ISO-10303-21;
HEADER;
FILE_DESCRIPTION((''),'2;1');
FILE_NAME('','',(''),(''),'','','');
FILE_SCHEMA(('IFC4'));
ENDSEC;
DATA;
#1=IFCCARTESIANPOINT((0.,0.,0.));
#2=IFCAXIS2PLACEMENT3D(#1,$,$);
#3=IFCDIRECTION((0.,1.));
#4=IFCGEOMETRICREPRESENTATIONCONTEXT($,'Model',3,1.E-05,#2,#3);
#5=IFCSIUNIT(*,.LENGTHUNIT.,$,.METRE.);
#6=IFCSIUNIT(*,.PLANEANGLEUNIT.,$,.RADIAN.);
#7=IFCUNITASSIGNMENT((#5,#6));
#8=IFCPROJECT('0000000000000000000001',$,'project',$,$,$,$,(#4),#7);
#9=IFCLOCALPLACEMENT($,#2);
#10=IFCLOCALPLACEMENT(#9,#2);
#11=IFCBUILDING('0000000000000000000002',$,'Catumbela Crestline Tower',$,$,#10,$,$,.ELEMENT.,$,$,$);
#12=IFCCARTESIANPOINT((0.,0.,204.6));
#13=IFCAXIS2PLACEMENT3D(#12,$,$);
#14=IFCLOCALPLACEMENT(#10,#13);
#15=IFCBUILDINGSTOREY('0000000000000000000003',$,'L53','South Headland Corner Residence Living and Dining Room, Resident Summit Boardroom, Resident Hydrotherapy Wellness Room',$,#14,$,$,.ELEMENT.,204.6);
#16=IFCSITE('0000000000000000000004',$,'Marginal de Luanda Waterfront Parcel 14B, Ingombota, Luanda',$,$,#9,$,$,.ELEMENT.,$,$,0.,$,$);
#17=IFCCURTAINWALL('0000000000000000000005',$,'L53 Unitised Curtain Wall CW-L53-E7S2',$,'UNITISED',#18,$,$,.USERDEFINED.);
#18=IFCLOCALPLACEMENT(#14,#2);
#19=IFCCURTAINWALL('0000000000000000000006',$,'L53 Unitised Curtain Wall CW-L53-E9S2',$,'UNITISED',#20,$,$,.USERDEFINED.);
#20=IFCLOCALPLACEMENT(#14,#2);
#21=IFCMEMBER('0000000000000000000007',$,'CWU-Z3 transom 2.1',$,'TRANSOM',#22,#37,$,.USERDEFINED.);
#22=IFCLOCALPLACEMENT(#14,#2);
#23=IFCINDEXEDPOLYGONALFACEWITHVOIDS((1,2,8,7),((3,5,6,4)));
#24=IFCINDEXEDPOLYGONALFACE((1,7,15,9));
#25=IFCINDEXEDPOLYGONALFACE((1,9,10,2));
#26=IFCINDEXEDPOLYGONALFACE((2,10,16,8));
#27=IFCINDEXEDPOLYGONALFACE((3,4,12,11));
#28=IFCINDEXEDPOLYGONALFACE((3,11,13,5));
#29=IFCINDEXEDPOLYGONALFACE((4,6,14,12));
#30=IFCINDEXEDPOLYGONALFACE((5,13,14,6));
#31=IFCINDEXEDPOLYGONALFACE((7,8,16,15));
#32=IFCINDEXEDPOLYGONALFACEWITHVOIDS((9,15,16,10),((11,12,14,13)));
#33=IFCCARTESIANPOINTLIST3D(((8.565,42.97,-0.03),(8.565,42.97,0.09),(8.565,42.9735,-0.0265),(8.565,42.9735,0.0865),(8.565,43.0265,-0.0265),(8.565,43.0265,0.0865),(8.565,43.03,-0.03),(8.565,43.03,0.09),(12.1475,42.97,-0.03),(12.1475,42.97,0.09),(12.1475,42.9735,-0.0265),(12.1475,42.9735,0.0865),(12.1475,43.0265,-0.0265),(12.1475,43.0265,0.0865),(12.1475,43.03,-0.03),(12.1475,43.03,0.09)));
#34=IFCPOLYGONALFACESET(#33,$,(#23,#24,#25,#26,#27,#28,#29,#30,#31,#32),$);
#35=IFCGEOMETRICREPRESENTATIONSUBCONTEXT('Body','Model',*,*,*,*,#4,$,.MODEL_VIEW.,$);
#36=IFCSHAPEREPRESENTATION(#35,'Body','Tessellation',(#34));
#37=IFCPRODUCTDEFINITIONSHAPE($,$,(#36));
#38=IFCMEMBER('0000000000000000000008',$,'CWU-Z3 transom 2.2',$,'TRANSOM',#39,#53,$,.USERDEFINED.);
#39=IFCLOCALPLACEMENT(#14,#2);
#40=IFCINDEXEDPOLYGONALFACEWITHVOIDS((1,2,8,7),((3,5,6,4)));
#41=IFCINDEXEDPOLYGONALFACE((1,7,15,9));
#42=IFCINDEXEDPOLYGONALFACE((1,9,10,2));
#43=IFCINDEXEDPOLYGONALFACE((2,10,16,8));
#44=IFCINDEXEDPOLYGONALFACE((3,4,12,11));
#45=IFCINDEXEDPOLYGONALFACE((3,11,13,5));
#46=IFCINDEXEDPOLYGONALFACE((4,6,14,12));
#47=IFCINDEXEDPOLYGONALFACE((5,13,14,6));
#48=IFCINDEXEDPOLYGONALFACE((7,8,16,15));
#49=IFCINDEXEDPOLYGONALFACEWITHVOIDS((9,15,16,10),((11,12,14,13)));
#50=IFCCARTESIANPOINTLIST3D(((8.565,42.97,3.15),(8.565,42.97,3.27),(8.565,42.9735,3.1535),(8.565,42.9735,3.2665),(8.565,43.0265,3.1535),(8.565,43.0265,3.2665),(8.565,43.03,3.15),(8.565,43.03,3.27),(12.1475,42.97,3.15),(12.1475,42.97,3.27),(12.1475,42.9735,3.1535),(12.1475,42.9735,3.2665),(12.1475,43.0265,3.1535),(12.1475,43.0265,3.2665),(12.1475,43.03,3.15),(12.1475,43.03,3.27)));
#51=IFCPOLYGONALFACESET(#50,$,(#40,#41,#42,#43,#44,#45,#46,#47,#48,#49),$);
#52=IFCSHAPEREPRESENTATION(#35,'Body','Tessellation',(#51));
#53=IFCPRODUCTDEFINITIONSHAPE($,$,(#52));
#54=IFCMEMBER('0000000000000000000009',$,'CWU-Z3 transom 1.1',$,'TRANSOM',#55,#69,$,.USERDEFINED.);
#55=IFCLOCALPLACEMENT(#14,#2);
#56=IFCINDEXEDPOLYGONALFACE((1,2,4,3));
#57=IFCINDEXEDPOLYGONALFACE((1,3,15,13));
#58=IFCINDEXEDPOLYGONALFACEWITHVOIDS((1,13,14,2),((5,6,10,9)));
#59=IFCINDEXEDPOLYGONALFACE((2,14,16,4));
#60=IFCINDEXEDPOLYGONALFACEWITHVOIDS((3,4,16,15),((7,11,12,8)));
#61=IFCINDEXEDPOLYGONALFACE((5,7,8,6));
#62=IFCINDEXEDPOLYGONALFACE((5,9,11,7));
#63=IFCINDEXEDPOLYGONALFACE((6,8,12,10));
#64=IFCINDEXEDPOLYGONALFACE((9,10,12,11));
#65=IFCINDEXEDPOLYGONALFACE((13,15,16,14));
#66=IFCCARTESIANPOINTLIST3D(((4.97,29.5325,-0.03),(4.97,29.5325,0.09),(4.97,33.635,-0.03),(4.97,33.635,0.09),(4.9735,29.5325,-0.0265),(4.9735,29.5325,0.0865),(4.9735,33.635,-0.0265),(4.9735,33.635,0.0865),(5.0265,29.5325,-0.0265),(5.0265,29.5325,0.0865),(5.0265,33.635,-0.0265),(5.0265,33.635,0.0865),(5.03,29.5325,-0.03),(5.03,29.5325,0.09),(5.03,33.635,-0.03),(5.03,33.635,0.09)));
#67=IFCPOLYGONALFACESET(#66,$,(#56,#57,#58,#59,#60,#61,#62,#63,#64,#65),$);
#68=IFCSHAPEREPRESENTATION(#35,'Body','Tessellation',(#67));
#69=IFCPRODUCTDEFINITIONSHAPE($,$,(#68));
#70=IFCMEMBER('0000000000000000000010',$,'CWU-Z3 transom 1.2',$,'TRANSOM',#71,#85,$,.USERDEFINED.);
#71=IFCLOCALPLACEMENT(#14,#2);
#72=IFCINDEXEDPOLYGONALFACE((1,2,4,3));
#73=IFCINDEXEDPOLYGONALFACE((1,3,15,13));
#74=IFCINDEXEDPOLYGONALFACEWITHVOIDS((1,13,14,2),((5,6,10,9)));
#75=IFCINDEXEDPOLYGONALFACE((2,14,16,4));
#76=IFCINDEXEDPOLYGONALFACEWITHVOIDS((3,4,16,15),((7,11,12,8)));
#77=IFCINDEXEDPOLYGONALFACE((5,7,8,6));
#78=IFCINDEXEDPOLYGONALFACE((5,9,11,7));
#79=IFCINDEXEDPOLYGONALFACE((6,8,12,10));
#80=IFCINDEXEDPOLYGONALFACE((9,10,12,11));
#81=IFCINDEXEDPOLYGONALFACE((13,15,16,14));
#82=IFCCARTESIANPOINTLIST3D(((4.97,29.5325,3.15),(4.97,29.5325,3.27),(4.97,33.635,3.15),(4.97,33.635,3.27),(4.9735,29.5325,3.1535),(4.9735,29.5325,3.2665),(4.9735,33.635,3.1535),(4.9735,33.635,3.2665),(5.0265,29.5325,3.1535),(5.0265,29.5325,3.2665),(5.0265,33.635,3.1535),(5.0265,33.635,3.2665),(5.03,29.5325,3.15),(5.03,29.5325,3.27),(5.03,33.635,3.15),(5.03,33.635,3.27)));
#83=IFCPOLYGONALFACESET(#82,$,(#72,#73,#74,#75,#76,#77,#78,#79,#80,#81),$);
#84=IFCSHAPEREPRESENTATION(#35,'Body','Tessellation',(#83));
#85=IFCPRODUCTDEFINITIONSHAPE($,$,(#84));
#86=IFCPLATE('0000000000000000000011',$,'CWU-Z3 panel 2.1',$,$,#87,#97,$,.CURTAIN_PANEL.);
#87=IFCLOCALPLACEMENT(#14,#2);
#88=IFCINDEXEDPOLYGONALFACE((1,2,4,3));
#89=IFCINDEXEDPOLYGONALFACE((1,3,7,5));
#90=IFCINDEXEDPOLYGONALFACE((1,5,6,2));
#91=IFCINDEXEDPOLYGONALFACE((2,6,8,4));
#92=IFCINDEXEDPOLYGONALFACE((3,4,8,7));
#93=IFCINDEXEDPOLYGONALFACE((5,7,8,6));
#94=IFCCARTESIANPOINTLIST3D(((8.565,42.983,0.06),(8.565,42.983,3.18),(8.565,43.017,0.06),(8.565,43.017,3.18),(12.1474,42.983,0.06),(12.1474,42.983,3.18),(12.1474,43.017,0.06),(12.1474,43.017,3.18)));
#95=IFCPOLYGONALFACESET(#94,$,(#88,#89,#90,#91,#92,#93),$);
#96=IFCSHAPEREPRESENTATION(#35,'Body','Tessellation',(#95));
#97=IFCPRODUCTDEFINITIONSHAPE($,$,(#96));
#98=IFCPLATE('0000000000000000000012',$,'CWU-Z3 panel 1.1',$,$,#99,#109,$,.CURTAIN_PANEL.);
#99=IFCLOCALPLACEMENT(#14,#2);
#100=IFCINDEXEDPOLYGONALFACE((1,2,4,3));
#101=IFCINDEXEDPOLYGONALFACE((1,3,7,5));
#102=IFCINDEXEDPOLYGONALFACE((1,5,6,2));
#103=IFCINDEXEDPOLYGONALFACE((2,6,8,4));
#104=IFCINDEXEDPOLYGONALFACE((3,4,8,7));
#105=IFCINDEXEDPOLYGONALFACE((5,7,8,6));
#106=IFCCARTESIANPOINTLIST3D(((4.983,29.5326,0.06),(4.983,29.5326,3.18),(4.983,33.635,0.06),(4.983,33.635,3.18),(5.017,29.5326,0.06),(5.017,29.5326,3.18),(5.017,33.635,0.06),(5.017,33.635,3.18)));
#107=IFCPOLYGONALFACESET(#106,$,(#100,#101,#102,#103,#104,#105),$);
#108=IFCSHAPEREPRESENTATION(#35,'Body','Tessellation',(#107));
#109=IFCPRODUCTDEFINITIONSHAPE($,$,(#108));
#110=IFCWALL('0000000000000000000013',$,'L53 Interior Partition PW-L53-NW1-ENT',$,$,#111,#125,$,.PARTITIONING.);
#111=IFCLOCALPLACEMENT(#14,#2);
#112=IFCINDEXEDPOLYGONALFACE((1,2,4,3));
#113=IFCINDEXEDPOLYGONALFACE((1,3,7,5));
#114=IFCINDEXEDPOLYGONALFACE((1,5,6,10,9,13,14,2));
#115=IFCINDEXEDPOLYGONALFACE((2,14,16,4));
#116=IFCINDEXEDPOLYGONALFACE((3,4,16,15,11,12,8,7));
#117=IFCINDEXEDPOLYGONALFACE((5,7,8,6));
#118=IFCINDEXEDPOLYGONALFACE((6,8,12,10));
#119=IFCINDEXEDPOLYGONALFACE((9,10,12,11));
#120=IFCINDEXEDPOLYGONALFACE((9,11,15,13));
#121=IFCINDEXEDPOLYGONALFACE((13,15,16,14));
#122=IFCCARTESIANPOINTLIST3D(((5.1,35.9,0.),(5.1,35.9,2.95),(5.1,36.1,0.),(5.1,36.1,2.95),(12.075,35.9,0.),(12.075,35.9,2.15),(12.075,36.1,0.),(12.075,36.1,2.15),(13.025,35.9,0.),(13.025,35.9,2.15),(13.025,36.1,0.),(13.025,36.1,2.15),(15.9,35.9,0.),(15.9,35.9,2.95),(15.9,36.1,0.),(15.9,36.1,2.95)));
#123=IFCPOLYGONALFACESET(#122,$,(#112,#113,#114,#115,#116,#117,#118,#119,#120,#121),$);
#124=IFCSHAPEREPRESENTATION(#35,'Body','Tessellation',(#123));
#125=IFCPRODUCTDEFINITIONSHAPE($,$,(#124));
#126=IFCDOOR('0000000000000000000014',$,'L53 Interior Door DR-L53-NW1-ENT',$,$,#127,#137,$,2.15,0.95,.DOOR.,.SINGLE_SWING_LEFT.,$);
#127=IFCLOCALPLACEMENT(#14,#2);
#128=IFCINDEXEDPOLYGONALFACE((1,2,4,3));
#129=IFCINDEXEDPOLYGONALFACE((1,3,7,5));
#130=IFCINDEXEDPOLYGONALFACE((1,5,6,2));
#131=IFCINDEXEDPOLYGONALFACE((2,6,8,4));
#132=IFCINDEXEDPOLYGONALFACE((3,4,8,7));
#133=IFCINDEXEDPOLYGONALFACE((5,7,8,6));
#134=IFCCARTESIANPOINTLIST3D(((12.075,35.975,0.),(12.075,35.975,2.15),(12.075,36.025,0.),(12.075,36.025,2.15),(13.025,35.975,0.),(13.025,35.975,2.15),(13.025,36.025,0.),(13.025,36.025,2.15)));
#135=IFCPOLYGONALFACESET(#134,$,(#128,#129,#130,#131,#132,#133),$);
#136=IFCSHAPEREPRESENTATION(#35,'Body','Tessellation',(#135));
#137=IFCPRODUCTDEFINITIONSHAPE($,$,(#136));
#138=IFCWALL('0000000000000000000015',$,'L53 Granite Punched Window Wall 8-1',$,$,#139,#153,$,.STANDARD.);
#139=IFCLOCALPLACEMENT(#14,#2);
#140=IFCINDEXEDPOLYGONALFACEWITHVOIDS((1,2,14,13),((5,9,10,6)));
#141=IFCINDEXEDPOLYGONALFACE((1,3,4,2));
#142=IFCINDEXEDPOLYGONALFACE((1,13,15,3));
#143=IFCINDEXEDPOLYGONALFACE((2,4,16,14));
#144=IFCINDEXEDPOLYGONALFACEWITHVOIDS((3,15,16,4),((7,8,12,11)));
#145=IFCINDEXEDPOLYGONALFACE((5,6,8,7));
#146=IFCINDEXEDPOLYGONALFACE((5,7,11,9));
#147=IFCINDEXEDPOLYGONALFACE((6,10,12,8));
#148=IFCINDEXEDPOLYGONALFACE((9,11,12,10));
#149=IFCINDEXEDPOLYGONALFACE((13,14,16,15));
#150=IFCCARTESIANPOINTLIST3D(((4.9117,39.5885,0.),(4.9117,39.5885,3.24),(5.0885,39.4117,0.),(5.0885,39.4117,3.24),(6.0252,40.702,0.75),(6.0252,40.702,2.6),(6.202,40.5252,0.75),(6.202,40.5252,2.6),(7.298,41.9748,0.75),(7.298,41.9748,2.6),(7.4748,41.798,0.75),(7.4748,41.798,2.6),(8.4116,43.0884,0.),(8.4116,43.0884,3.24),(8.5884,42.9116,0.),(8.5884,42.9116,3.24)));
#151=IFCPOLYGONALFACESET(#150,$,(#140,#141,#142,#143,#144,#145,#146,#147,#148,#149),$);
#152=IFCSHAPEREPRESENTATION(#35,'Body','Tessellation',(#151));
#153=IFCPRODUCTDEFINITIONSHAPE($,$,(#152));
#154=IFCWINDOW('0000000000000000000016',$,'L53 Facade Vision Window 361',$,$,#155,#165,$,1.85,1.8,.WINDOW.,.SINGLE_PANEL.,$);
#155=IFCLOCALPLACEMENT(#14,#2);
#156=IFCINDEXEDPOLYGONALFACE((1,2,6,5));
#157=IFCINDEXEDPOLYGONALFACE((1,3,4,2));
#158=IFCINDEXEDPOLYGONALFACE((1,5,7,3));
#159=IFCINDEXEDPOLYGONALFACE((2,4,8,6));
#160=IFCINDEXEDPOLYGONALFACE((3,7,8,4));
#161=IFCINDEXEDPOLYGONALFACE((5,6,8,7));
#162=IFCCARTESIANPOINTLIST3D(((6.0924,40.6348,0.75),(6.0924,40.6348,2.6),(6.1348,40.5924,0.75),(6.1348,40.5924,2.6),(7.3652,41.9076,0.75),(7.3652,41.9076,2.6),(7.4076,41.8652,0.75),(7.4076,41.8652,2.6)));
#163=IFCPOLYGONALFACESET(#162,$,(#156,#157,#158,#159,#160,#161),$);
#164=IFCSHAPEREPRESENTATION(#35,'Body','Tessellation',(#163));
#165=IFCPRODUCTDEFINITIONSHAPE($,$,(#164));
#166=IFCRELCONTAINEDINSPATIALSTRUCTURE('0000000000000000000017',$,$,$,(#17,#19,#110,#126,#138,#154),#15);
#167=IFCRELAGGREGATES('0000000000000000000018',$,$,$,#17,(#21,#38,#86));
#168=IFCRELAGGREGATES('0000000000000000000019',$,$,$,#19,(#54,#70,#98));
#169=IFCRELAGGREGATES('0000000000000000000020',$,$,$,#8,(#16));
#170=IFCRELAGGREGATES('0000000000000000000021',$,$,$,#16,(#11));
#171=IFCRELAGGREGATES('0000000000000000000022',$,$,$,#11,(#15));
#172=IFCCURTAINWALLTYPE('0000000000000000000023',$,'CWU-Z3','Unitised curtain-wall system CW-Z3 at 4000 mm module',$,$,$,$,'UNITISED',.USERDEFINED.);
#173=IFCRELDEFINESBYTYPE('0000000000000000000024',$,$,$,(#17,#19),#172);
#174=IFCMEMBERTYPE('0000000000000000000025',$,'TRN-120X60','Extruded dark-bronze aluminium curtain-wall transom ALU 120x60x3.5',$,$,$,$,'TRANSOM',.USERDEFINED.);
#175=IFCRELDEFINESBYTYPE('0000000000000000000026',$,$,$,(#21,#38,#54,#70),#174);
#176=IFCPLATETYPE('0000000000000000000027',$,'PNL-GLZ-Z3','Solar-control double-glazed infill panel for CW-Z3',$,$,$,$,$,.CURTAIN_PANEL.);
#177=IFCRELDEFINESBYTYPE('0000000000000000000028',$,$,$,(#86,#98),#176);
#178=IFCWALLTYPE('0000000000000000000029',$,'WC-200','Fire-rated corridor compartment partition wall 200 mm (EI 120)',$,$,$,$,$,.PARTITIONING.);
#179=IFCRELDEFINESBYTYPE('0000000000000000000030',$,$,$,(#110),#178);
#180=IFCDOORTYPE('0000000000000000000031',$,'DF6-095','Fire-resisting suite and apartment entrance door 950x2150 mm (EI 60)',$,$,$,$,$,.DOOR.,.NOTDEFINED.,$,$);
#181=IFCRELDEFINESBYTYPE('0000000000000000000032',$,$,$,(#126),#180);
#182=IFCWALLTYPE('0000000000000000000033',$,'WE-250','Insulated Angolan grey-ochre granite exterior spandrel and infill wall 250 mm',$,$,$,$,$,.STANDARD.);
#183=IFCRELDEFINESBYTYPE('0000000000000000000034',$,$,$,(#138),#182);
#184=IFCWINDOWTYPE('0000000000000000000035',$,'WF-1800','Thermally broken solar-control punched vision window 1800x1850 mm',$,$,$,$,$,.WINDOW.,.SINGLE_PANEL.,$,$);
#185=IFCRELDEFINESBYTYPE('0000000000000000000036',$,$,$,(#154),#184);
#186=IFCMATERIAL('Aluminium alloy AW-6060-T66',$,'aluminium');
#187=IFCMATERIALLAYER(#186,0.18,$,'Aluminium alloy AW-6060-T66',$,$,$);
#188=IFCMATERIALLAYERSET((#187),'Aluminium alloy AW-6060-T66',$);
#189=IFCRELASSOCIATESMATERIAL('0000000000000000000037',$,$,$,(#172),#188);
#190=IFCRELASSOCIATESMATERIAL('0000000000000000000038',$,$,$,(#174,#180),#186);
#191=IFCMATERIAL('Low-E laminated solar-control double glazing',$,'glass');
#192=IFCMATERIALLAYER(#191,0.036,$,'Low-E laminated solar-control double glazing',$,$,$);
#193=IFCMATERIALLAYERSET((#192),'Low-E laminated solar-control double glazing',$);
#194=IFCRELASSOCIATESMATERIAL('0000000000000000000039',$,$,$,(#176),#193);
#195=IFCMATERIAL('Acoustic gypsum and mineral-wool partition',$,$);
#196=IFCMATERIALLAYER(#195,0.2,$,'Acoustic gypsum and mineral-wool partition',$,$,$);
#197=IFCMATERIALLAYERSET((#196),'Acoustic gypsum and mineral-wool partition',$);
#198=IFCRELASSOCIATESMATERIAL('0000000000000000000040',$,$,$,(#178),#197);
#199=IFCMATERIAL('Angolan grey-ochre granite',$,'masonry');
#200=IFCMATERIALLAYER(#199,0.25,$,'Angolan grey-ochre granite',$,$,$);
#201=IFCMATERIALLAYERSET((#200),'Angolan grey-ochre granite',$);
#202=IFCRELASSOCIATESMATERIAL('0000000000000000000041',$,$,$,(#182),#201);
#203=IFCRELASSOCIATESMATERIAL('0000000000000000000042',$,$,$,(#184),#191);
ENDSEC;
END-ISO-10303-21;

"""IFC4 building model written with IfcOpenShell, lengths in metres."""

from ifc_helpers import new_model, si_unit, direction, frame, frame_2d, origin, origin_2d, place, context, subcontext, project, spatial, rectangle, hollow_rectangle, extrude, material, layer, layer_set, material_profile, profile_set, type_object, element, fill, aggregate, save


model = new_model("IFC4")

# Units and contexts
model_context = context("Model", 3, precision=1e-05, world=origin(), true_north=direction((0.0, 1.0)))
body_context = subcontext(model_context, "Body", "Model", "MODEL_VIEW")
ifc_project = project(units=[si_unit("LENGTHUNIT", "METRE"), si_unit("PLANEANGLEUNIT", "RADIAN")], contexts=[model_context])

# Site, building, storey
site_placement = place(None, origin())
site = spatial("IfcSite", under=ifc_project, at=site_placement, Name="Marginal de Luanda Waterfront Parcel 14B, Ingombota, Luanda", CompositionType="ELEMENT", RefElevation=0.0)
building_placement = place(site_placement, origin())
building = spatial("IfcBuilding", under=site, at=building_placement, Name="Catumbela Crestline Tower", CompositionType="ELEMENT")
storey_placement = place(building_placement, frame((0.0, 0.0, 204.6)))
storey = spatial("IfcBuildingStorey", under=building, at=storey_placement, Name="L53", Description="South Headland Corner Residence Living and Dining Room, Resident Summit Boardroom, Resident Hydrotherapy Wellness Room", CompositionType="ELEMENT", Elevation=204.6)

# Curtain walls
ifc_material_1 = material(Name="Aluminium alloy AW-6060-T66", Category="aluminium")
ifc_layer_1 = layer(ifc_material_1, 0.18, Name="Aluminium alloy AW-6060-T66")
ifc_layer_set_1 = layer_set([ifc_layer_1], Name="Aluminium alloy AW-6060-T66")
curtain_wall_type = type_object("IfcCurtainWallType", Name="CWU-Z3", Description="Unitised curtain-wall system CW-Z3 at 4000 mm module", ElementType="UNITISED", PredefinedType="USERDEFINED", material=ifc_layer_set_1)
curtain_wall_1_placement = place(storey_placement, origin())
curtain_wall_1 = element("IfcCurtainWall", 1, at=curtain_wall_1_placement, inside=storey, type_object=curtain_wall_type, Name="L53 Unitised Curtain Wall CW-L53-E7S2", ObjectType="UNITISED", PredefinedType="USERDEFINED")
curtain_wall_2_placement = place(storey_placement, origin())
curtain_wall_2 = element("IfcCurtainWall", 2, at=curtain_wall_2_placement, inside=storey, type_object=curtain_wall_type, Name="L53 Unitised Curtain Wall CW-L53-E9S2", ObjectType="UNITISED", PredefinedType="USERDEFINED")

# Members
ifc_material_profile_1 = material_profile(ifc_material_1, hollow_rectangle(XDim=0.06, YDim=0.12, WallThickness=0.0035, at=origin_2d()), Name="ALU 120x60x3.5")
ifc_profile_set_1 = profile_set([ifc_material_profile_1], Name="Aluminium alloy AW-6060-T66")
member_type_1 = type_object("IfcMemberType", Name="TRN-120X60", Description="Extruded dark-bronze aluminium curtain-wall transom ALU 120x60x3.5", ElementType="TRANSOM", PredefinedType="USERDEFINED", material=ifc_profile_set_1)
member_1_placement = place(storey_placement, frame((12.1475, 43.0, 0.03), z_axis=(-1.0, 0.0, 0.0), x_axis=(0.0, -1.0, 0.0)))
member_1 = element("IfcMember", 3, at=member_1_placement, type_object=member_type_1, Name="CWU-Z3 transom 2.1", ObjectType="TRANSOM", PredefinedType="USERDEFINED", context=body_context, shape_type="SweptSolid", body=[
    extrude(hollow_rectangle(XDim=0.06, YDim=0.12, WallThickness=0.0035, at=origin_2d()), origin(), (0.0, 0.0, 1.0), 3.5825),
])
member_2_placement = place(storey_placement, frame((12.1475, 43.0, 3.21), z_axis=(-1.0, 0.0, 0.0), x_axis=(0.0, -1.0, 0.0)))
member_2 = element("IfcMember", 4, at=member_2_placement, type_object=member_type_1, Name="CWU-Z3 transom 2.2", ObjectType="TRANSOM", PredefinedType="USERDEFINED", context=body_context, shape_type="SweptSolid", body=[
    extrude(hollow_rectangle(XDim=0.06, YDim=0.12, WallThickness=0.0035, at=origin_2d()), origin(), (0.0, 0.0, 1.0), 3.5825),
])
member_3_placement = place(storey_placement, frame((5.0, 33.635, 0.03), z_axis=(0.0, -1.0, 0.0), x_axis=(1.0, 0.0, 0.0)))
member_3 = element("IfcMember", 5, at=member_3_placement, type_object=member_type_1, Name="CWU-Z3 transom 1.1", ObjectType="TRANSOM", PredefinedType="USERDEFINED", context=body_context, shape_type="SweptSolid", body=[
    extrude(hollow_rectangle(XDim=0.06, YDim=0.12, WallThickness=0.0035, at=origin_2d()), origin(), (0.0, 0.0, 1.0), 4.1025),
])
member_4_placement = place(storey_placement, frame((5.0, 33.635, 3.21), z_axis=(0.0, -1.0, 0.0), x_axis=(1.0, 0.0, 0.0)))
member_4 = element("IfcMember", 6, at=member_4_placement, type_object=member_type_1, Name="CWU-Z3 transom 1.2", ObjectType="TRANSOM", PredefinedType="USERDEFINED", context=body_context, shape_type="SweptSolid", body=[
    extrude(hollow_rectangle(XDim=0.06, YDim=0.12, WallThickness=0.0035, at=origin_2d()), origin(), (0.0, 0.0, 1.0), 4.1025),
])

# Plates
ifc_material_2 = material(Name="Low-E laminated solar-control double glazing", Category="glass")
ifc_layer_2 = layer(ifc_material_2, 0.036, Name="Low-E laminated solar-control double glazing")
ifc_layer_set_2 = layer_set([ifc_layer_2], Name="Low-E laminated solar-control double glazing")
plate_type = type_object("IfcPlateType", Name="PNL-GLZ-Z3", Description="Solar-control double-glazed infill panel for CW-Z3", PredefinedType="CURTAIN_PANEL", material=ifc_layer_set_2)
plate_1_placement = place(storey_placement, frame((10.3562, 43.0, 0.06), z_axis=(0.0, 0.0, 1.0), x_axis=(-1.0, 0.0, 0.0)))
plate_1 = element("IfcPlate", 7, at=plate_1_placement, type_object=plate_type, Name="CWU-Z3 panel 2.1", PredefinedType="CURTAIN_PANEL", context=body_context, shape_type="SweptSolid", body=[
    extrude(rectangle(XDim=3.5825, YDim=0.034, at=origin_2d()), origin(), (0.0, 0.0, 1.0), 3.12),
])
aggregate(curtain_wall_1, [member_1, member_2, plate_1])
plate_2_placement = place(storey_placement, frame((5.0, 31.5838, 0.06), z_axis=(0.0, 0.0, 1.0), x_axis=(0.0, -1.0, 0.0)))
plate_2 = element("IfcPlate", 8, at=plate_2_placement, type_object=plate_type, Name="CWU-Z3 panel 1.1", PredefinedType="CURTAIN_PANEL", context=body_context, shape_type="SweptSolid", body=[
    extrude(rectangle(XDim=4.1025, YDim=0.034, at=origin_2d()), origin(), (0.0, 0.0, 1.0), 3.12),
])
aggregate(curtain_wall_2, [member_3, member_4, plate_2])

# Wall, opening, door
ifc_material_3 = material(Name="Acoustic gypsum and mineral-wool partition")
ifc_layer_3 = layer(ifc_material_3, 0.2, Name="Acoustic gypsum and mineral-wool partition")
ifc_layer_set_3 = layer_set([ifc_layer_3], Name="Acoustic gypsum and mineral-wool partition")
wall_type_1 = type_object("IfcWallType", Name="WC-200", Description="Fire-rated corridor compartment partition wall 200 mm (EI 120)", PredefinedType="PARTITIONING", material=ifc_layer_set_3)
wall_1_placement = place(storey_placement, frame((5.1, 36.0, 0.0), z_axis=(0.0, 0.0, 1.0), x_axis=(1.0, 0.0, 0.0)))
wall_1 = element("IfcWall", 9, at=wall_1_placement, inside=storey, type_object=wall_type_1, Name="L53 Interior Partition PW-L53-NW1-ENT", PredefinedType="PARTITIONING", context=body_context, shape_type="SweptSolid", body=[
    extrude(rectangle(XDim=10.8, YDim=0.2, at=frame_2d((5.4, 0.0))), origin(), (0.0, 0.0, 1.0), 2.95),
])
opening_1_placement = place(wall_1_placement, frame((6.975, 0.0, 0.0)))
opening_1 = element("IfcOpeningElement", 10, at=opening_1_placement, cuts=wall_1, PredefinedType="OPENING", context=body_context, shape_type="SweptSolid", body=[
    extrude(rectangle(XDim=0.95, YDim=2.15, at=frame_2d((0.475, 1.075))), frame((0.0, 0.11, 0.0), z_axis=(0.0, -1.0, 0.0), x_axis=(1.0, 0.0, 0.0)), (0.0, 0.0, 1.0), 0.22),
])
door_type_1 = type_object("IfcDoorType", Name="DF6-095", Description="Fire-resisting suite and apartment entrance door 950x2150 mm (EI 60)", OperationType="NOTDEFINED", PredefinedType="DOOR", material=ifc_material_1)
door_1_placement = place(opening_1_placement, origin())
door_1 = element("IfcDoor", 11, at=door_1_placement, inside=storey, type_object=door_type_1, Name="L53 Interior Door DR-L53-NW1-ENT", OperationType="SINGLE_SWING_LEFT", OverallHeight=2.15, OverallWidth=0.95, PredefinedType="DOOR", context=body_context, shape_type="SweptSolid", body=[
    extrude(rectangle(XDim=0.95, YDim=2.15, at=frame_2d((0.475, 1.075))), frame((0.0, 0.025, 0.0), z_axis=(0.0, -1.0, 0.0), x_axis=(1.0, 0.0, 0.0)), (0.0, 0.0, 1.0), 0.05),
])
fill(opening_1, door_1)

# Wall, opening, window
ifc_material_4 = material(Name="Angolan grey-ochre granite", Category="masonry")
ifc_layer_4 = layer(ifc_material_4, 0.25, Name="Angolan grey-ochre granite")
ifc_layer_set_4 = layer_set([ifc_layer_4], Name="Angolan grey-ochre granite")
wall_type_2 = type_object("IfcWallType", Name="WE-250", Description="Insulated Angolan grey-ochre granite exterior spandrel and infill wall 250 mm", PredefinedType="STANDARD", material=ifc_layer_set_4)
wall_2_placement = place(storey_placement, frame((8.5, 43.0, 0.0), z_axis=(0.0, 0.0, 1.0), x_axis=(-0.707107, -0.707107, 0.0)))
wall_2 = element("IfcWall", 12, at=wall_2_placement, inside=storey, type_object=wall_type_2, Name="L53 Granite Punched Window Wall 8-1", PredefinedType="STANDARD", context=body_context, shape_type="SweptSolid", body=[
    extrude(rectangle(XDim=4.9497, YDim=0.25, at=frame_2d((2.4748, 0.0))), origin(), (0.0, 0.0, 1.0), 3.24),
])
opening_2_placement = place(wall_2_placement, frame((1.5749, 0.0, 0.75)))
opening_2 = element("IfcOpeningElement", 13, at=opening_2_placement, cuts=wall_2, PredefinedType="OPENING", context=body_context, shape_type="SweptSolid", body=[
    extrude(rectangle(XDim=1.8, YDim=1.85, at=frame_2d((0.9, 0.925))), frame((0.0, 0.135, 0.0), z_axis=(0.0, -1.0, 0.0), x_axis=(1.0, 0.0, 0.0)), (0.0, 0.0, 1.0), 0.27),
])
window_type_1 = type_object("IfcWindowType", Name="WF-1800", Description="Thermally broken solar-control punched vision window 1800x1850 mm", PartitioningType="SINGLE_PANEL", PredefinedType="WINDOW", material=ifc_material_2)
window_1_placement = place(opening_2_placement, origin())
window_1 = element("IfcWindow", 14, at=window_1_placement, inside=storey, type_object=window_type_1, Name="L53 Facade Vision Window 361", OverallHeight=1.85, OverallWidth=1.8, PartitioningType="SINGLE_PANEL", PredefinedType="WINDOW", context=body_context, shape_type="SweptSolid", body=[
    extrude(rectangle(XDim=1.8, YDim=1.85, at=frame_2d((0.9, 0.925))), frame((0.0, 0.03, 0.0), z_axis=(0.0, -1.0, 0.0), x_axis=(1.0, 0.0, 0.0)), (0.0, 0.0, 1.0), 0.06),
])
fill(opening_2, window_1)

save(model, "model.ifc")
